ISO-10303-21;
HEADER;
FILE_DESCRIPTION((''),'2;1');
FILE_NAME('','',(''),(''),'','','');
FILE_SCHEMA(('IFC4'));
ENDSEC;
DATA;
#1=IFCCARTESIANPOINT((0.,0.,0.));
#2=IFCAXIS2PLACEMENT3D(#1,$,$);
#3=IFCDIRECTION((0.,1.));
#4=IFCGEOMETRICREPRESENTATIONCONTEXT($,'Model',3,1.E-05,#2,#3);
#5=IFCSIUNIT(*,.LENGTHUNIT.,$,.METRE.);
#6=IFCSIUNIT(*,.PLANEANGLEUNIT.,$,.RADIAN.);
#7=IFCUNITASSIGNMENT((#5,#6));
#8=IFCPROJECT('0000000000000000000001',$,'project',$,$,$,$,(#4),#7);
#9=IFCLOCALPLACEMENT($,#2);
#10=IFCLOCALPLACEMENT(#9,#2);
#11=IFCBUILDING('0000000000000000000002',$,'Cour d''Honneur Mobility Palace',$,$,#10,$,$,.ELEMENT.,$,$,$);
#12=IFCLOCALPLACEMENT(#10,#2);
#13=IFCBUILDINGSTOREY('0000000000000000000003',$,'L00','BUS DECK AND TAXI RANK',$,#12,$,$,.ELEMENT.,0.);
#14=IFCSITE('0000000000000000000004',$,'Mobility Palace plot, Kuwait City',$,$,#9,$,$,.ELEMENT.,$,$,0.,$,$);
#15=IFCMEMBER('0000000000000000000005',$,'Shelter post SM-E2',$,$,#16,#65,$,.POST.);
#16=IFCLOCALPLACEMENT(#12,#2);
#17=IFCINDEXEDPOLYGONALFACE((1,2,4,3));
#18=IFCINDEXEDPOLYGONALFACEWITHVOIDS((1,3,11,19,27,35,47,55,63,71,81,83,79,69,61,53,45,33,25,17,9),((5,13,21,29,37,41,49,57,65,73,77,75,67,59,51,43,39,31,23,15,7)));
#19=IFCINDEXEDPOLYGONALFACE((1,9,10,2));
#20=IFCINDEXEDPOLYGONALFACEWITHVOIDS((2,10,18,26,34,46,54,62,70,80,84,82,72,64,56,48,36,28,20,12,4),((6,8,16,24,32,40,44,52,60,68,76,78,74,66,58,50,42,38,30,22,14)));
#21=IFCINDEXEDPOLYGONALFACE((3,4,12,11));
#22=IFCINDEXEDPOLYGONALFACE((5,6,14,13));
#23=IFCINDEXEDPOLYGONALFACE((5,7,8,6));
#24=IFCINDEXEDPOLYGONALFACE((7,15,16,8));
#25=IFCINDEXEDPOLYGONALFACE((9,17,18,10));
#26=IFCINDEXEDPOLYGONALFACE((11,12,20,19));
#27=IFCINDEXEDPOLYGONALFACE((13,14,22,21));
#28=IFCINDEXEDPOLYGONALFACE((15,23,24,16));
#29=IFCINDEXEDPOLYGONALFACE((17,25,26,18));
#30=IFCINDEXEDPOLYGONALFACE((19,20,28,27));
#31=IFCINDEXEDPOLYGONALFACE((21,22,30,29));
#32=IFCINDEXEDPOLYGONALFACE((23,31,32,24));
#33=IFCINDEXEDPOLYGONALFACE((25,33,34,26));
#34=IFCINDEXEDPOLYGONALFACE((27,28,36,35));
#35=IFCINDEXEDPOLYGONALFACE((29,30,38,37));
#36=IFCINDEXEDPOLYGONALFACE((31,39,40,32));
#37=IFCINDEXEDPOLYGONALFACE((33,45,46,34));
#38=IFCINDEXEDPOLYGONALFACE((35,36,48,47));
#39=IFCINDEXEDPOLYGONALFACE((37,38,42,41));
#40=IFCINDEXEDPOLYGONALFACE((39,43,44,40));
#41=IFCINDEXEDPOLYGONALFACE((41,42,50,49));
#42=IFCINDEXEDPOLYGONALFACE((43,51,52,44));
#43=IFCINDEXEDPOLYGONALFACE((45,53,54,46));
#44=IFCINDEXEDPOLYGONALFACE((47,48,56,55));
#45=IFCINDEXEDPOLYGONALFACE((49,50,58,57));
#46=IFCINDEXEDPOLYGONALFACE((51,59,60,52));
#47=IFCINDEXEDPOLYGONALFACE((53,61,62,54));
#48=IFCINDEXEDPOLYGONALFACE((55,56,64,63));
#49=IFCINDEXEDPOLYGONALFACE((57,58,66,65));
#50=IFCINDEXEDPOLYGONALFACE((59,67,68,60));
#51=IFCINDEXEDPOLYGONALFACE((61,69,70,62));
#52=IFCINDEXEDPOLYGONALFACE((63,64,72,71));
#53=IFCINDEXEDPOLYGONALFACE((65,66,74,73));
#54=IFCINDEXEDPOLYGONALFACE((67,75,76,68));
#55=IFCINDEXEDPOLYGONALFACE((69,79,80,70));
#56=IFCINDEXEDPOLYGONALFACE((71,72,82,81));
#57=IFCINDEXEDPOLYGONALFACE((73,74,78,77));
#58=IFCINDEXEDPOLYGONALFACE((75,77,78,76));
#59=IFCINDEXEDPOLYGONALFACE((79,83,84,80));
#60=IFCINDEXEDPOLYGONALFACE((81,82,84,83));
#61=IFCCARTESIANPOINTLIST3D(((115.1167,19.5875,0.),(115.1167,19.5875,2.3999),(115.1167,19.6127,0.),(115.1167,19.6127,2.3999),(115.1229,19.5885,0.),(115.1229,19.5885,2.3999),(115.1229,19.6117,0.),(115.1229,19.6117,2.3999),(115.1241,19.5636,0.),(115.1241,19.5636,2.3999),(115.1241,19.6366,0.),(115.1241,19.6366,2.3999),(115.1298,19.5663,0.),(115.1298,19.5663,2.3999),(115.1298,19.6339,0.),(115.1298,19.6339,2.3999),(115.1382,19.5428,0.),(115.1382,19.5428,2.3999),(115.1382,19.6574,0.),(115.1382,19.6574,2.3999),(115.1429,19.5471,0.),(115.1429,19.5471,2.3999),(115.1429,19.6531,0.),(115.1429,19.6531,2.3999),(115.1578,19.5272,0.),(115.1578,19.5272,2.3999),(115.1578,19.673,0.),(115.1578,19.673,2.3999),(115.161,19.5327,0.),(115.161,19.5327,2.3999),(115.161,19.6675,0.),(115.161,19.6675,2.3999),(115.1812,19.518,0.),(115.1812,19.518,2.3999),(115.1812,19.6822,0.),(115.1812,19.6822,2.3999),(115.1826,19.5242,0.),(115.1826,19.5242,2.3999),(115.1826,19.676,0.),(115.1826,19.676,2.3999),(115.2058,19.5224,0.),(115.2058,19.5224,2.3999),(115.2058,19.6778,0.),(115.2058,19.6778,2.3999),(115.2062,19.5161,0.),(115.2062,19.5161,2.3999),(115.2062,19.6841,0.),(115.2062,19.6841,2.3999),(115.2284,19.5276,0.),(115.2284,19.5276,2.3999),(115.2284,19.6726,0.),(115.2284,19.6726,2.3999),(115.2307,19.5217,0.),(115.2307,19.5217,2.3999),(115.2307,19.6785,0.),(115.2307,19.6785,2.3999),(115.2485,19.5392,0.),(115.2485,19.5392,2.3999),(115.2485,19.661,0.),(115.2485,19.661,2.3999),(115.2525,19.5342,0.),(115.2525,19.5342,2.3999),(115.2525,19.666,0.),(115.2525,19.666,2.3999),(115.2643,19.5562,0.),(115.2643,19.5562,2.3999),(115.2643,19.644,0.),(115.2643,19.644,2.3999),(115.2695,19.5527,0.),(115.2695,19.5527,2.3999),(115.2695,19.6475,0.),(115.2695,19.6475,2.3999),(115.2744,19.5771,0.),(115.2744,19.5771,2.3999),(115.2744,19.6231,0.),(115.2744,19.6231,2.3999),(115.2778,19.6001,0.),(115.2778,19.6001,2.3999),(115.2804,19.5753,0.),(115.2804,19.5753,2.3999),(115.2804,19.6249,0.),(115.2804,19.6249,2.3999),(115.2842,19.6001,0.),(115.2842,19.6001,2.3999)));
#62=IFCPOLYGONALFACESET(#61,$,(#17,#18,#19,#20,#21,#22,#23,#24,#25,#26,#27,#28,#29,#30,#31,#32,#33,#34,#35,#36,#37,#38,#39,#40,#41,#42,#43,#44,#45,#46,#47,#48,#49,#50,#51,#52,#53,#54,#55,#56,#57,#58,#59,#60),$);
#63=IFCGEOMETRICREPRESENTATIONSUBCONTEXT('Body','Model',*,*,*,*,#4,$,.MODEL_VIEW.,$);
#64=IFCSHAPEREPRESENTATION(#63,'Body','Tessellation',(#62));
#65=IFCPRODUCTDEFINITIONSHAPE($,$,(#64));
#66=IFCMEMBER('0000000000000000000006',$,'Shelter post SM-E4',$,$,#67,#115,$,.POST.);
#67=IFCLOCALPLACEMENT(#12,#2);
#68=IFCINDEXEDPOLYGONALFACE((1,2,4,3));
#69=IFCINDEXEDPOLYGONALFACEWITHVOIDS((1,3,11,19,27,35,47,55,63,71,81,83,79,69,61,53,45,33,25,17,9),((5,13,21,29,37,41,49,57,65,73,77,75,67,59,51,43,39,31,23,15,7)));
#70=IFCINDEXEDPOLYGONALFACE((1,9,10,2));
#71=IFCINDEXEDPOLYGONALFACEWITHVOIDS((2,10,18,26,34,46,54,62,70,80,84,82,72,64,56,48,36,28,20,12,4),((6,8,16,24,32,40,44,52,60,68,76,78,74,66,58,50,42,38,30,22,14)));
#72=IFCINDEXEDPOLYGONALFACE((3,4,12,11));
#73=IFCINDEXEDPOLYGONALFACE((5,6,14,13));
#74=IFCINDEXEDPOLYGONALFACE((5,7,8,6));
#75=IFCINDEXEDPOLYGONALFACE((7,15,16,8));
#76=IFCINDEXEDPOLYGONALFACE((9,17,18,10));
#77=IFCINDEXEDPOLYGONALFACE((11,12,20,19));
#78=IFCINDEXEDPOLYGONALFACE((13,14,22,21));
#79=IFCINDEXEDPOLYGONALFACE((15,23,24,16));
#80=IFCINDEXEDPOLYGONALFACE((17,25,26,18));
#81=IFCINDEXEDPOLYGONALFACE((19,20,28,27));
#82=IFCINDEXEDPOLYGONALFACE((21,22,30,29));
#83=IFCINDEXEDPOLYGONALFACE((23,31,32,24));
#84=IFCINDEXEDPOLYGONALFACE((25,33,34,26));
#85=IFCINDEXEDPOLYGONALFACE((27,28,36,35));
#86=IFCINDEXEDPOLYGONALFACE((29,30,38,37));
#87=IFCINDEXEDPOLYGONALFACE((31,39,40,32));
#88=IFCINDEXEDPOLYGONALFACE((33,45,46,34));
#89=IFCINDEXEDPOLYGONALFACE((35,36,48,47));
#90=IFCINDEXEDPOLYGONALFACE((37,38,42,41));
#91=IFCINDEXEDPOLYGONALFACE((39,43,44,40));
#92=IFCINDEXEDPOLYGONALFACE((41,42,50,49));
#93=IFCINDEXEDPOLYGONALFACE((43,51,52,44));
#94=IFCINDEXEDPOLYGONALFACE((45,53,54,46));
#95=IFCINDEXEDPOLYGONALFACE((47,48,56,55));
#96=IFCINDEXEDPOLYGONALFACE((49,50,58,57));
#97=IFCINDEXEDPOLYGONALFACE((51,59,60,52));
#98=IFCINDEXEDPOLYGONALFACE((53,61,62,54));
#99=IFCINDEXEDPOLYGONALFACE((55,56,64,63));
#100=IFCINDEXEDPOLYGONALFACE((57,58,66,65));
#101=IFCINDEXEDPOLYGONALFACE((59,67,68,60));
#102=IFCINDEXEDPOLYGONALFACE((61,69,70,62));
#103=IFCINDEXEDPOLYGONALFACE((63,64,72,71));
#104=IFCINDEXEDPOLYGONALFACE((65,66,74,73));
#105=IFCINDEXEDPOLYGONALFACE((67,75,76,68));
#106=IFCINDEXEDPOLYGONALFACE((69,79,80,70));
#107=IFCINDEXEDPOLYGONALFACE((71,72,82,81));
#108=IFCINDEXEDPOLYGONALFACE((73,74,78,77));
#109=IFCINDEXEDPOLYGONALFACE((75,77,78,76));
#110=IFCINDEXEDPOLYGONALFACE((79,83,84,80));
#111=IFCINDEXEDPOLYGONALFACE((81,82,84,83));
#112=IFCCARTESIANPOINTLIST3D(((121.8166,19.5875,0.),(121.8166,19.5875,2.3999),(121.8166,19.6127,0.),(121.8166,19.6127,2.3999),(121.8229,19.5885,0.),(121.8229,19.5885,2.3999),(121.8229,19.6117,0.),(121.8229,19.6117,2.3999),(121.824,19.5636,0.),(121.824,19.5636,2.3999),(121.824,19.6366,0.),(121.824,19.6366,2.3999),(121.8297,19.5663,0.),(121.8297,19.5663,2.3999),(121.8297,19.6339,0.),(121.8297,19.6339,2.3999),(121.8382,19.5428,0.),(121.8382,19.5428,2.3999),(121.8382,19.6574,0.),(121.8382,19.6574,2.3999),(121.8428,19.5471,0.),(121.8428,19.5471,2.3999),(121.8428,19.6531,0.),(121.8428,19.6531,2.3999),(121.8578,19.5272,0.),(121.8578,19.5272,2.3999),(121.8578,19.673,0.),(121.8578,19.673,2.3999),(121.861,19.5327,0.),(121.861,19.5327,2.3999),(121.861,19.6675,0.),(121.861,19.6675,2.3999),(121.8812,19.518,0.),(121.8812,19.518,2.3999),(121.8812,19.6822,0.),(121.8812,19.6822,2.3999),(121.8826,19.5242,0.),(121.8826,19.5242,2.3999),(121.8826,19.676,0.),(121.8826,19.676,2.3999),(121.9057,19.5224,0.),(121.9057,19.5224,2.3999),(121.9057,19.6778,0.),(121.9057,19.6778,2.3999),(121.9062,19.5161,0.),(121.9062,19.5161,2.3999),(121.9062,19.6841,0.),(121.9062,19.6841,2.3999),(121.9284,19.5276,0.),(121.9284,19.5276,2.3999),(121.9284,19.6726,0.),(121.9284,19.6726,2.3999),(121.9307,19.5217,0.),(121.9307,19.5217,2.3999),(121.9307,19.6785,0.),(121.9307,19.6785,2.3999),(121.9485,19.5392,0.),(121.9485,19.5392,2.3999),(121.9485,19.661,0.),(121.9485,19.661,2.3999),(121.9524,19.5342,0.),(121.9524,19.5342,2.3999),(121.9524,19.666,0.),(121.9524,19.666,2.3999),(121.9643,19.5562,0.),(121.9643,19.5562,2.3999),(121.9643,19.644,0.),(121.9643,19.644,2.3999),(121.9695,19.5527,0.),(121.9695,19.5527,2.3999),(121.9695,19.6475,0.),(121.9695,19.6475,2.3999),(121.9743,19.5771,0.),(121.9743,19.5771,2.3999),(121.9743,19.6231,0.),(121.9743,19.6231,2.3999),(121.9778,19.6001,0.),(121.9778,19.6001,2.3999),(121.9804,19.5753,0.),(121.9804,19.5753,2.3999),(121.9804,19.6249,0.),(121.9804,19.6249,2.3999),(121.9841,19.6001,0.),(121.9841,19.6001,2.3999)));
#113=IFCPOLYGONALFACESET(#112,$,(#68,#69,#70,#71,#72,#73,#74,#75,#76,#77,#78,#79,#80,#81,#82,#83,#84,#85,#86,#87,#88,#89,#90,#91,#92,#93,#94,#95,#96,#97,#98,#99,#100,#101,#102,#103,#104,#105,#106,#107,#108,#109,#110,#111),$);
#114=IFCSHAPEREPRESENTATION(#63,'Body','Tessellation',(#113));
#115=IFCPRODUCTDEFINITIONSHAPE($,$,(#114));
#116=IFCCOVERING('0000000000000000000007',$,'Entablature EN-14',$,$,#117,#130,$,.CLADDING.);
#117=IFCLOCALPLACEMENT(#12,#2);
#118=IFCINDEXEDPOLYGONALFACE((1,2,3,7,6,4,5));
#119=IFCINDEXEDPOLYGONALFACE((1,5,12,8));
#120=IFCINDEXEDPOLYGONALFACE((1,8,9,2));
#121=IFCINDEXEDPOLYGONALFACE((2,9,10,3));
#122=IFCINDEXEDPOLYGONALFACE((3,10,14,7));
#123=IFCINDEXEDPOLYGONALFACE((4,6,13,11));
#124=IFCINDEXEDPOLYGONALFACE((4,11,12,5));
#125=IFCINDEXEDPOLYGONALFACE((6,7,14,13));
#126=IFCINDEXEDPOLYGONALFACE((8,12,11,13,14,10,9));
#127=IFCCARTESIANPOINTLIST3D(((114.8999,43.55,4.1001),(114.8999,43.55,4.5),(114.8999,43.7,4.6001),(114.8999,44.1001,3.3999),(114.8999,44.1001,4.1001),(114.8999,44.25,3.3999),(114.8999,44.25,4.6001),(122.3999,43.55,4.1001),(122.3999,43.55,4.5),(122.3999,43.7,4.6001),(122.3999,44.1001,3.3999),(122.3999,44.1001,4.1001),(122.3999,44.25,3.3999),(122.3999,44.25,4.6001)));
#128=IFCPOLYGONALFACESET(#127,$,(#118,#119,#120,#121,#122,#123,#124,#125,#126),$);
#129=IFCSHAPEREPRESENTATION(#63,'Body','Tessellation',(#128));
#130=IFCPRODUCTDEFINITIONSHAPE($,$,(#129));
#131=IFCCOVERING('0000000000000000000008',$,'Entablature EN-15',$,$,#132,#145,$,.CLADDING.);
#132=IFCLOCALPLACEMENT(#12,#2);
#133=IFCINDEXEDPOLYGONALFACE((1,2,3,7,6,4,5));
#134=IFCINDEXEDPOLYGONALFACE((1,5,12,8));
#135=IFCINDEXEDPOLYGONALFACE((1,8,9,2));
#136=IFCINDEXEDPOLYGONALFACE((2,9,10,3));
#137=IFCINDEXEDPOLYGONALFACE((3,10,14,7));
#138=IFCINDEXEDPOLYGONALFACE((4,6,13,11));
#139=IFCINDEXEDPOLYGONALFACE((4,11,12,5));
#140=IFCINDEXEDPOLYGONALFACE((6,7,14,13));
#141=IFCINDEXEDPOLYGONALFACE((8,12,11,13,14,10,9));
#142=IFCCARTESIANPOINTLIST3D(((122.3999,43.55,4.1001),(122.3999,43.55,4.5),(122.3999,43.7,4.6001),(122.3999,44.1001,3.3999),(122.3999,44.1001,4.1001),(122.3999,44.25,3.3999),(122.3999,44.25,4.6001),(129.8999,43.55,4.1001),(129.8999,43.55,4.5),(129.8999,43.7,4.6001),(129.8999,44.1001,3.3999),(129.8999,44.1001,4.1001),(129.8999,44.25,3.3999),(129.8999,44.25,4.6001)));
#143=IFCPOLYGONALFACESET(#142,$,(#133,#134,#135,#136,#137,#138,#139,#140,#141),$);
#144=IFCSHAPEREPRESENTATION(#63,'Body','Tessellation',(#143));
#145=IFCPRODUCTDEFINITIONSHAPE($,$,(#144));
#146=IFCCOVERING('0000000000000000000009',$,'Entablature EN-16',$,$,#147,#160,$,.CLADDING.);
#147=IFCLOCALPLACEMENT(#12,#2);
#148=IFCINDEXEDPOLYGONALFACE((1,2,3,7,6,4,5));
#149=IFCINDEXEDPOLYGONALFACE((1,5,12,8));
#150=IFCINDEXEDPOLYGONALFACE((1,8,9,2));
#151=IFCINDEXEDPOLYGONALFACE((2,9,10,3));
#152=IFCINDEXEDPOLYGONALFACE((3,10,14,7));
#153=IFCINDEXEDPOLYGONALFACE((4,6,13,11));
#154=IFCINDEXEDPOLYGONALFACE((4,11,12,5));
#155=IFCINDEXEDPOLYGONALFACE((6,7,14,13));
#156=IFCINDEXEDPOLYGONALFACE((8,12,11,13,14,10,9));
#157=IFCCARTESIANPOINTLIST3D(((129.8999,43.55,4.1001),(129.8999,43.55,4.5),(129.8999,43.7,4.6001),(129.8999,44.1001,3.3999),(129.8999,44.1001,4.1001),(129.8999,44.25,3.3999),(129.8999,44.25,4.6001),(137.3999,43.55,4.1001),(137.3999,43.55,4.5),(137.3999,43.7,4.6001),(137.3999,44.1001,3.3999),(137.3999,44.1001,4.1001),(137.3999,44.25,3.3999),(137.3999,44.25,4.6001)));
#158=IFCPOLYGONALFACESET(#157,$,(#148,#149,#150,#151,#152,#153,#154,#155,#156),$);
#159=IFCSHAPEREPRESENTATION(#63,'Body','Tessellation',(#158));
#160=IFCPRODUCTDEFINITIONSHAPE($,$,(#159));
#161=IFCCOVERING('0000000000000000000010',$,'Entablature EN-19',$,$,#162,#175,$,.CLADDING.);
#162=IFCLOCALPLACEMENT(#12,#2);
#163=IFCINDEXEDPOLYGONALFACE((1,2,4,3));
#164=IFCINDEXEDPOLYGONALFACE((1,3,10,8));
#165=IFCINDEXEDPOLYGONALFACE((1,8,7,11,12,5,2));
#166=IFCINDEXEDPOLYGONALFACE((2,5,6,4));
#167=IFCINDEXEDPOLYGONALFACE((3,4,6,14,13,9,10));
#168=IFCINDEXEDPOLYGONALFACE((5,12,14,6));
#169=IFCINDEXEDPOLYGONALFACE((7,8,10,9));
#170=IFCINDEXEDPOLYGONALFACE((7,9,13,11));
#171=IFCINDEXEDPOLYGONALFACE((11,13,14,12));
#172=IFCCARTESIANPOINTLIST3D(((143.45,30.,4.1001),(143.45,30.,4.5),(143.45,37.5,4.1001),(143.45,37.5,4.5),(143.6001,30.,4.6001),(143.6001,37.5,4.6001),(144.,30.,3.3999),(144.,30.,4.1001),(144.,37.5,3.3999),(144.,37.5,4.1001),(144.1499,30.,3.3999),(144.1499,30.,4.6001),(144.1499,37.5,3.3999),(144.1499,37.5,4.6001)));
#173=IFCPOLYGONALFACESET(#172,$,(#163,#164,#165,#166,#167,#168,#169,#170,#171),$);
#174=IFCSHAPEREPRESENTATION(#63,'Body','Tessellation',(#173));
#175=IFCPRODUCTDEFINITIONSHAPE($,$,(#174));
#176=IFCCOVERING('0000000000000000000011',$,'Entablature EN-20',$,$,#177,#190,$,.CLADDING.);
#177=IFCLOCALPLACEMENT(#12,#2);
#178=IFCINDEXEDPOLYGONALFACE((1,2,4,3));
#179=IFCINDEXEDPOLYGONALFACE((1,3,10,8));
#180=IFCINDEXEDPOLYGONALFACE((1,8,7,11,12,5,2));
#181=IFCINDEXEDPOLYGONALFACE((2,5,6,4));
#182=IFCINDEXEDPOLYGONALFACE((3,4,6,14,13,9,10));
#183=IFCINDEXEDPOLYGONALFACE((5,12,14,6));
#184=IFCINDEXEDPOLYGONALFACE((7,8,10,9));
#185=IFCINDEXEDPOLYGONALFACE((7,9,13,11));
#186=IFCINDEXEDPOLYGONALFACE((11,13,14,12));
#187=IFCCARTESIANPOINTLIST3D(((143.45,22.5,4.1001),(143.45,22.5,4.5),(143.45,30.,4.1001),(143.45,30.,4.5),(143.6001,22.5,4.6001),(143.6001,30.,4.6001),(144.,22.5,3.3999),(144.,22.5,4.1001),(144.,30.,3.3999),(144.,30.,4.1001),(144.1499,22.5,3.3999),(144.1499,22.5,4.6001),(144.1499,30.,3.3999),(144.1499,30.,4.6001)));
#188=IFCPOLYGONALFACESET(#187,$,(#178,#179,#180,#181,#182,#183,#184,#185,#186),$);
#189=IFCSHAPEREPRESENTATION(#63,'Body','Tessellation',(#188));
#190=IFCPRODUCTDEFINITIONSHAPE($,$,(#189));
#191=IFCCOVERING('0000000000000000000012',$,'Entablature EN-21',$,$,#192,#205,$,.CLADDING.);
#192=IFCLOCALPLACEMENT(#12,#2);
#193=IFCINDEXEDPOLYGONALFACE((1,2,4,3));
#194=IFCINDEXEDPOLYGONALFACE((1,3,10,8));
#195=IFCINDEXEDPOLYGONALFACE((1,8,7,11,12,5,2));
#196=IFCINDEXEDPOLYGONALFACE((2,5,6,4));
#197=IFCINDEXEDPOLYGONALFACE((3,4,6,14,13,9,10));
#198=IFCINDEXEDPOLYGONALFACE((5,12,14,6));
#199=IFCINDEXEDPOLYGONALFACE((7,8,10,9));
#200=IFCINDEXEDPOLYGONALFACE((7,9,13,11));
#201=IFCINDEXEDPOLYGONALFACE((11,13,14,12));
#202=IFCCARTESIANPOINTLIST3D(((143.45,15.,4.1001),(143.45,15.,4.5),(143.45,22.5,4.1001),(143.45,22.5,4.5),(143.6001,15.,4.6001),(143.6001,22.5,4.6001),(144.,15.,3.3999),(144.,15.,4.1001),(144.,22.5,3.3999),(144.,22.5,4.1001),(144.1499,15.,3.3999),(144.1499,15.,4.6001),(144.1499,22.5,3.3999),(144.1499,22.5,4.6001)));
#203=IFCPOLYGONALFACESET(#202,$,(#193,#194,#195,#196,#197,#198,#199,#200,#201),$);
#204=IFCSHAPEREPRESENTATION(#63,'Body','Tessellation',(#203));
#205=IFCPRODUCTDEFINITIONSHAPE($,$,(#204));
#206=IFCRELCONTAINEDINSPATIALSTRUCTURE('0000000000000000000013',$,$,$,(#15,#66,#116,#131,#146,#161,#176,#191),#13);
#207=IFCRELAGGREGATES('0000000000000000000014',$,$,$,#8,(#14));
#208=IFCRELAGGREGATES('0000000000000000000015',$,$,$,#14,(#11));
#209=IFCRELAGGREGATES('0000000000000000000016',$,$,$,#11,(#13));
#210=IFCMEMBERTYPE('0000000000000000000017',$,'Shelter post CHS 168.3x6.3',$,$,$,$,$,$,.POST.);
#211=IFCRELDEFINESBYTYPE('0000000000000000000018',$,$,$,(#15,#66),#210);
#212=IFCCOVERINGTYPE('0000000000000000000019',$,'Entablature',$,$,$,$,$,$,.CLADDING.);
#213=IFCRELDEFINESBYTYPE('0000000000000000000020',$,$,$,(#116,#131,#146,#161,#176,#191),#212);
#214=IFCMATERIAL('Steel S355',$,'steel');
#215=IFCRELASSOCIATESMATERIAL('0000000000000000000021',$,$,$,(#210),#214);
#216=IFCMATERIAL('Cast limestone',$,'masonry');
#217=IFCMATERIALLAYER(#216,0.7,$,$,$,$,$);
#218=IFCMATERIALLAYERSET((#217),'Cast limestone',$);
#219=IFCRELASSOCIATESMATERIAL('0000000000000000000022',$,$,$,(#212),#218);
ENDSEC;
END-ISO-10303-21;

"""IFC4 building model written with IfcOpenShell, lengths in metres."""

from ifc_helpers import new_model, si_unit, direction, frame, origin, origin_2d, place, context, subcontext, project, spatial, polyline, hollow_circle, outline, extrude, material, layer, layer_set, material_profile, profile_set, type_object, element, save


model = new_model("IFC4")

# Units and contexts
model_context = context("Model", 3, precision=1e-05, world=origin(), true_north=direction((0.0, 1.0)))
body_context = subcontext(model_context, "Body", "Model", "MODEL_VIEW")
ifc_project = project(units=[si_unit("LENGTHUNIT", "METRE"), si_unit("PLANEANGLEUNIT", "RADIAN")], contexts=[model_context])

# Site, building, storey
site_placement = place(None, origin())
site = spatial("IfcSite", under=ifc_project, at=site_placement, Name="Mobility Palace plot, Kuwait City", CompositionType="ELEMENT", RefElevation=0.0)
building_placement = place(site_placement, origin())
building = spatial("IfcBuilding", under=site, at=building_placement, Name="Cour d'Honneur Mobility Palace", CompositionType="ELEMENT")
storey_placement = place(building_placement, origin())
storey = spatial("IfcBuildingStorey", under=building, at=storey_placement, Name="L00", Description="BUS DECK AND TAXI RANK", CompositionType="ELEMENT", Elevation=0.0)

# Members
ifc_material_1 = material(Name="Steel S355", Category="steel")
ifc_material_profile_1 = material_profile(ifc_material_1, hollow_circle(Radius=0.0842, WallThickness=0.0063, at=origin_2d()), Name="CHS 168.3x6.3")
ifc_profile_set_1 = profile_set([ifc_material_profile_1], Name="Steel S355")
member_type_1 = type_object("IfcMemberType", Name="Shelter post CHS 168.3x6.3", PredefinedType="POST", material=ifc_profile_set_1)
for number, where, z_axis, x_axis, name in (
    (1, (115.2, 19.6001, 0.0), (0.0, 0.0, 1.0), (1.0, 0.0, 0.0), "Shelter post SM-E2"),
    (2, (121.8999, 19.6001, 0.0), (0.0, 0.0, 1.0), (1.0, 0.0, 0.0), "Shelter post SM-E4"),
):
    element("IfcMember", number, at=place(storey_placement, frame(where, z_axis=z_axis, x_axis=x_axis)), inside=storey, type_object=member_type_1, Name=name, PredefinedType="POST", context=body_context, shape_type="SweptSolid", body=[
        extrude(hollow_circle(Radius=0.0842, WallThickness=0.0063, at=origin_2d()), origin(), (0.0, 0.0, 1.0), 2.3999),
    ])

# Coverings
ifc_material_2 = material(Name="Cast limestone", Category="masonry")
ifc_layer_1 = layer(ifc_material_2, 0.7)
ifc_layer_set_1 = layer_set([ifc_layer_1], Name="Cast limestone")
covering_type_1 = type_object("IfcCoveringType", Name="Entablature", PredefinedType="CLADDING", material=ifc_layer_set_1)
for number, where, z_axis, x_axis, name in (
    (3, (114.8999, 44.25, 3.3999), (-1.0, 0.0, 0.0), (0.0, -1.0, 0.0), "Entablature EN-14"),
    (4, (122.3999, 44.25, 3.3999), (-1.0, 0.0, 0.0), (0.0, -1.0, 0.0), "Entablature EN-15"),
    (5, (129.8999, 44.25, 3.3999), (-1.0, 0.0, 0.0), (0.0, -1.0, 0.0), "Entablature EN-16"),
):
    element("IfcCovering", number, at=place(storey_placement, frame(where, z_axis=z_axis, x_axis=x_axis)), inside=storey, type_object=covering_type_1, Name=name, PredefinedType="CLADDING", context=body_context, shape_type="SweptSolid", body=[
        extrude(outline(polyline([(0.0, 0.0), (0.1499, 0.0), (0.1499, 0.7002), (0.7, 0.7002), (0.7, 1.1001), (0.55, 1.2002), (0.0, 1.2002), (0.0, 0.0)])), origin(), (0.0, 0.0, -1.0), 7.5),
    ])
for number, where, z_axis, x_axis, name in (
    (6, (144.1499, 37.5, 3.3999), (0.0, 1.0, 0.0), (-1.0, 0.0, 0.0), "Entablature EN-19"),
    (7, (144.1499, 30.0, 3.3999), (0.0, 1.0, 0.0), (-1.0, 0.0, 0.0), "Entablature EN-20"),
    (8, (144.1499, 22.5, 3.3999), (0.0, 1.0, 0.0), (-1.0, 0.0, 0.0), "Entablature EN-21"),
):
    element("IfcCovering", number, at=place(storey_placement, frame(where, z_axis=z_axis, x_axis=x_axis)), inside=storey, type_object=covering_type_1, Name=name, PredefinedType="CLADDING", context=body_context, shape_type="SweptSolid", body=[
        extrude(outline(polyline([(0.0, 0.0), (0.1499, 0.0), (0.1499, 0.7002), (0.7, 0.7002), (0.7, 1.1001), (0.5498, 1.2002), (0.0, 1.2002), (0.0, 0.0)])), origin(), (0.0, 0.0, -1.0), 7.5),
    ])

save(model, "model.ifc")
